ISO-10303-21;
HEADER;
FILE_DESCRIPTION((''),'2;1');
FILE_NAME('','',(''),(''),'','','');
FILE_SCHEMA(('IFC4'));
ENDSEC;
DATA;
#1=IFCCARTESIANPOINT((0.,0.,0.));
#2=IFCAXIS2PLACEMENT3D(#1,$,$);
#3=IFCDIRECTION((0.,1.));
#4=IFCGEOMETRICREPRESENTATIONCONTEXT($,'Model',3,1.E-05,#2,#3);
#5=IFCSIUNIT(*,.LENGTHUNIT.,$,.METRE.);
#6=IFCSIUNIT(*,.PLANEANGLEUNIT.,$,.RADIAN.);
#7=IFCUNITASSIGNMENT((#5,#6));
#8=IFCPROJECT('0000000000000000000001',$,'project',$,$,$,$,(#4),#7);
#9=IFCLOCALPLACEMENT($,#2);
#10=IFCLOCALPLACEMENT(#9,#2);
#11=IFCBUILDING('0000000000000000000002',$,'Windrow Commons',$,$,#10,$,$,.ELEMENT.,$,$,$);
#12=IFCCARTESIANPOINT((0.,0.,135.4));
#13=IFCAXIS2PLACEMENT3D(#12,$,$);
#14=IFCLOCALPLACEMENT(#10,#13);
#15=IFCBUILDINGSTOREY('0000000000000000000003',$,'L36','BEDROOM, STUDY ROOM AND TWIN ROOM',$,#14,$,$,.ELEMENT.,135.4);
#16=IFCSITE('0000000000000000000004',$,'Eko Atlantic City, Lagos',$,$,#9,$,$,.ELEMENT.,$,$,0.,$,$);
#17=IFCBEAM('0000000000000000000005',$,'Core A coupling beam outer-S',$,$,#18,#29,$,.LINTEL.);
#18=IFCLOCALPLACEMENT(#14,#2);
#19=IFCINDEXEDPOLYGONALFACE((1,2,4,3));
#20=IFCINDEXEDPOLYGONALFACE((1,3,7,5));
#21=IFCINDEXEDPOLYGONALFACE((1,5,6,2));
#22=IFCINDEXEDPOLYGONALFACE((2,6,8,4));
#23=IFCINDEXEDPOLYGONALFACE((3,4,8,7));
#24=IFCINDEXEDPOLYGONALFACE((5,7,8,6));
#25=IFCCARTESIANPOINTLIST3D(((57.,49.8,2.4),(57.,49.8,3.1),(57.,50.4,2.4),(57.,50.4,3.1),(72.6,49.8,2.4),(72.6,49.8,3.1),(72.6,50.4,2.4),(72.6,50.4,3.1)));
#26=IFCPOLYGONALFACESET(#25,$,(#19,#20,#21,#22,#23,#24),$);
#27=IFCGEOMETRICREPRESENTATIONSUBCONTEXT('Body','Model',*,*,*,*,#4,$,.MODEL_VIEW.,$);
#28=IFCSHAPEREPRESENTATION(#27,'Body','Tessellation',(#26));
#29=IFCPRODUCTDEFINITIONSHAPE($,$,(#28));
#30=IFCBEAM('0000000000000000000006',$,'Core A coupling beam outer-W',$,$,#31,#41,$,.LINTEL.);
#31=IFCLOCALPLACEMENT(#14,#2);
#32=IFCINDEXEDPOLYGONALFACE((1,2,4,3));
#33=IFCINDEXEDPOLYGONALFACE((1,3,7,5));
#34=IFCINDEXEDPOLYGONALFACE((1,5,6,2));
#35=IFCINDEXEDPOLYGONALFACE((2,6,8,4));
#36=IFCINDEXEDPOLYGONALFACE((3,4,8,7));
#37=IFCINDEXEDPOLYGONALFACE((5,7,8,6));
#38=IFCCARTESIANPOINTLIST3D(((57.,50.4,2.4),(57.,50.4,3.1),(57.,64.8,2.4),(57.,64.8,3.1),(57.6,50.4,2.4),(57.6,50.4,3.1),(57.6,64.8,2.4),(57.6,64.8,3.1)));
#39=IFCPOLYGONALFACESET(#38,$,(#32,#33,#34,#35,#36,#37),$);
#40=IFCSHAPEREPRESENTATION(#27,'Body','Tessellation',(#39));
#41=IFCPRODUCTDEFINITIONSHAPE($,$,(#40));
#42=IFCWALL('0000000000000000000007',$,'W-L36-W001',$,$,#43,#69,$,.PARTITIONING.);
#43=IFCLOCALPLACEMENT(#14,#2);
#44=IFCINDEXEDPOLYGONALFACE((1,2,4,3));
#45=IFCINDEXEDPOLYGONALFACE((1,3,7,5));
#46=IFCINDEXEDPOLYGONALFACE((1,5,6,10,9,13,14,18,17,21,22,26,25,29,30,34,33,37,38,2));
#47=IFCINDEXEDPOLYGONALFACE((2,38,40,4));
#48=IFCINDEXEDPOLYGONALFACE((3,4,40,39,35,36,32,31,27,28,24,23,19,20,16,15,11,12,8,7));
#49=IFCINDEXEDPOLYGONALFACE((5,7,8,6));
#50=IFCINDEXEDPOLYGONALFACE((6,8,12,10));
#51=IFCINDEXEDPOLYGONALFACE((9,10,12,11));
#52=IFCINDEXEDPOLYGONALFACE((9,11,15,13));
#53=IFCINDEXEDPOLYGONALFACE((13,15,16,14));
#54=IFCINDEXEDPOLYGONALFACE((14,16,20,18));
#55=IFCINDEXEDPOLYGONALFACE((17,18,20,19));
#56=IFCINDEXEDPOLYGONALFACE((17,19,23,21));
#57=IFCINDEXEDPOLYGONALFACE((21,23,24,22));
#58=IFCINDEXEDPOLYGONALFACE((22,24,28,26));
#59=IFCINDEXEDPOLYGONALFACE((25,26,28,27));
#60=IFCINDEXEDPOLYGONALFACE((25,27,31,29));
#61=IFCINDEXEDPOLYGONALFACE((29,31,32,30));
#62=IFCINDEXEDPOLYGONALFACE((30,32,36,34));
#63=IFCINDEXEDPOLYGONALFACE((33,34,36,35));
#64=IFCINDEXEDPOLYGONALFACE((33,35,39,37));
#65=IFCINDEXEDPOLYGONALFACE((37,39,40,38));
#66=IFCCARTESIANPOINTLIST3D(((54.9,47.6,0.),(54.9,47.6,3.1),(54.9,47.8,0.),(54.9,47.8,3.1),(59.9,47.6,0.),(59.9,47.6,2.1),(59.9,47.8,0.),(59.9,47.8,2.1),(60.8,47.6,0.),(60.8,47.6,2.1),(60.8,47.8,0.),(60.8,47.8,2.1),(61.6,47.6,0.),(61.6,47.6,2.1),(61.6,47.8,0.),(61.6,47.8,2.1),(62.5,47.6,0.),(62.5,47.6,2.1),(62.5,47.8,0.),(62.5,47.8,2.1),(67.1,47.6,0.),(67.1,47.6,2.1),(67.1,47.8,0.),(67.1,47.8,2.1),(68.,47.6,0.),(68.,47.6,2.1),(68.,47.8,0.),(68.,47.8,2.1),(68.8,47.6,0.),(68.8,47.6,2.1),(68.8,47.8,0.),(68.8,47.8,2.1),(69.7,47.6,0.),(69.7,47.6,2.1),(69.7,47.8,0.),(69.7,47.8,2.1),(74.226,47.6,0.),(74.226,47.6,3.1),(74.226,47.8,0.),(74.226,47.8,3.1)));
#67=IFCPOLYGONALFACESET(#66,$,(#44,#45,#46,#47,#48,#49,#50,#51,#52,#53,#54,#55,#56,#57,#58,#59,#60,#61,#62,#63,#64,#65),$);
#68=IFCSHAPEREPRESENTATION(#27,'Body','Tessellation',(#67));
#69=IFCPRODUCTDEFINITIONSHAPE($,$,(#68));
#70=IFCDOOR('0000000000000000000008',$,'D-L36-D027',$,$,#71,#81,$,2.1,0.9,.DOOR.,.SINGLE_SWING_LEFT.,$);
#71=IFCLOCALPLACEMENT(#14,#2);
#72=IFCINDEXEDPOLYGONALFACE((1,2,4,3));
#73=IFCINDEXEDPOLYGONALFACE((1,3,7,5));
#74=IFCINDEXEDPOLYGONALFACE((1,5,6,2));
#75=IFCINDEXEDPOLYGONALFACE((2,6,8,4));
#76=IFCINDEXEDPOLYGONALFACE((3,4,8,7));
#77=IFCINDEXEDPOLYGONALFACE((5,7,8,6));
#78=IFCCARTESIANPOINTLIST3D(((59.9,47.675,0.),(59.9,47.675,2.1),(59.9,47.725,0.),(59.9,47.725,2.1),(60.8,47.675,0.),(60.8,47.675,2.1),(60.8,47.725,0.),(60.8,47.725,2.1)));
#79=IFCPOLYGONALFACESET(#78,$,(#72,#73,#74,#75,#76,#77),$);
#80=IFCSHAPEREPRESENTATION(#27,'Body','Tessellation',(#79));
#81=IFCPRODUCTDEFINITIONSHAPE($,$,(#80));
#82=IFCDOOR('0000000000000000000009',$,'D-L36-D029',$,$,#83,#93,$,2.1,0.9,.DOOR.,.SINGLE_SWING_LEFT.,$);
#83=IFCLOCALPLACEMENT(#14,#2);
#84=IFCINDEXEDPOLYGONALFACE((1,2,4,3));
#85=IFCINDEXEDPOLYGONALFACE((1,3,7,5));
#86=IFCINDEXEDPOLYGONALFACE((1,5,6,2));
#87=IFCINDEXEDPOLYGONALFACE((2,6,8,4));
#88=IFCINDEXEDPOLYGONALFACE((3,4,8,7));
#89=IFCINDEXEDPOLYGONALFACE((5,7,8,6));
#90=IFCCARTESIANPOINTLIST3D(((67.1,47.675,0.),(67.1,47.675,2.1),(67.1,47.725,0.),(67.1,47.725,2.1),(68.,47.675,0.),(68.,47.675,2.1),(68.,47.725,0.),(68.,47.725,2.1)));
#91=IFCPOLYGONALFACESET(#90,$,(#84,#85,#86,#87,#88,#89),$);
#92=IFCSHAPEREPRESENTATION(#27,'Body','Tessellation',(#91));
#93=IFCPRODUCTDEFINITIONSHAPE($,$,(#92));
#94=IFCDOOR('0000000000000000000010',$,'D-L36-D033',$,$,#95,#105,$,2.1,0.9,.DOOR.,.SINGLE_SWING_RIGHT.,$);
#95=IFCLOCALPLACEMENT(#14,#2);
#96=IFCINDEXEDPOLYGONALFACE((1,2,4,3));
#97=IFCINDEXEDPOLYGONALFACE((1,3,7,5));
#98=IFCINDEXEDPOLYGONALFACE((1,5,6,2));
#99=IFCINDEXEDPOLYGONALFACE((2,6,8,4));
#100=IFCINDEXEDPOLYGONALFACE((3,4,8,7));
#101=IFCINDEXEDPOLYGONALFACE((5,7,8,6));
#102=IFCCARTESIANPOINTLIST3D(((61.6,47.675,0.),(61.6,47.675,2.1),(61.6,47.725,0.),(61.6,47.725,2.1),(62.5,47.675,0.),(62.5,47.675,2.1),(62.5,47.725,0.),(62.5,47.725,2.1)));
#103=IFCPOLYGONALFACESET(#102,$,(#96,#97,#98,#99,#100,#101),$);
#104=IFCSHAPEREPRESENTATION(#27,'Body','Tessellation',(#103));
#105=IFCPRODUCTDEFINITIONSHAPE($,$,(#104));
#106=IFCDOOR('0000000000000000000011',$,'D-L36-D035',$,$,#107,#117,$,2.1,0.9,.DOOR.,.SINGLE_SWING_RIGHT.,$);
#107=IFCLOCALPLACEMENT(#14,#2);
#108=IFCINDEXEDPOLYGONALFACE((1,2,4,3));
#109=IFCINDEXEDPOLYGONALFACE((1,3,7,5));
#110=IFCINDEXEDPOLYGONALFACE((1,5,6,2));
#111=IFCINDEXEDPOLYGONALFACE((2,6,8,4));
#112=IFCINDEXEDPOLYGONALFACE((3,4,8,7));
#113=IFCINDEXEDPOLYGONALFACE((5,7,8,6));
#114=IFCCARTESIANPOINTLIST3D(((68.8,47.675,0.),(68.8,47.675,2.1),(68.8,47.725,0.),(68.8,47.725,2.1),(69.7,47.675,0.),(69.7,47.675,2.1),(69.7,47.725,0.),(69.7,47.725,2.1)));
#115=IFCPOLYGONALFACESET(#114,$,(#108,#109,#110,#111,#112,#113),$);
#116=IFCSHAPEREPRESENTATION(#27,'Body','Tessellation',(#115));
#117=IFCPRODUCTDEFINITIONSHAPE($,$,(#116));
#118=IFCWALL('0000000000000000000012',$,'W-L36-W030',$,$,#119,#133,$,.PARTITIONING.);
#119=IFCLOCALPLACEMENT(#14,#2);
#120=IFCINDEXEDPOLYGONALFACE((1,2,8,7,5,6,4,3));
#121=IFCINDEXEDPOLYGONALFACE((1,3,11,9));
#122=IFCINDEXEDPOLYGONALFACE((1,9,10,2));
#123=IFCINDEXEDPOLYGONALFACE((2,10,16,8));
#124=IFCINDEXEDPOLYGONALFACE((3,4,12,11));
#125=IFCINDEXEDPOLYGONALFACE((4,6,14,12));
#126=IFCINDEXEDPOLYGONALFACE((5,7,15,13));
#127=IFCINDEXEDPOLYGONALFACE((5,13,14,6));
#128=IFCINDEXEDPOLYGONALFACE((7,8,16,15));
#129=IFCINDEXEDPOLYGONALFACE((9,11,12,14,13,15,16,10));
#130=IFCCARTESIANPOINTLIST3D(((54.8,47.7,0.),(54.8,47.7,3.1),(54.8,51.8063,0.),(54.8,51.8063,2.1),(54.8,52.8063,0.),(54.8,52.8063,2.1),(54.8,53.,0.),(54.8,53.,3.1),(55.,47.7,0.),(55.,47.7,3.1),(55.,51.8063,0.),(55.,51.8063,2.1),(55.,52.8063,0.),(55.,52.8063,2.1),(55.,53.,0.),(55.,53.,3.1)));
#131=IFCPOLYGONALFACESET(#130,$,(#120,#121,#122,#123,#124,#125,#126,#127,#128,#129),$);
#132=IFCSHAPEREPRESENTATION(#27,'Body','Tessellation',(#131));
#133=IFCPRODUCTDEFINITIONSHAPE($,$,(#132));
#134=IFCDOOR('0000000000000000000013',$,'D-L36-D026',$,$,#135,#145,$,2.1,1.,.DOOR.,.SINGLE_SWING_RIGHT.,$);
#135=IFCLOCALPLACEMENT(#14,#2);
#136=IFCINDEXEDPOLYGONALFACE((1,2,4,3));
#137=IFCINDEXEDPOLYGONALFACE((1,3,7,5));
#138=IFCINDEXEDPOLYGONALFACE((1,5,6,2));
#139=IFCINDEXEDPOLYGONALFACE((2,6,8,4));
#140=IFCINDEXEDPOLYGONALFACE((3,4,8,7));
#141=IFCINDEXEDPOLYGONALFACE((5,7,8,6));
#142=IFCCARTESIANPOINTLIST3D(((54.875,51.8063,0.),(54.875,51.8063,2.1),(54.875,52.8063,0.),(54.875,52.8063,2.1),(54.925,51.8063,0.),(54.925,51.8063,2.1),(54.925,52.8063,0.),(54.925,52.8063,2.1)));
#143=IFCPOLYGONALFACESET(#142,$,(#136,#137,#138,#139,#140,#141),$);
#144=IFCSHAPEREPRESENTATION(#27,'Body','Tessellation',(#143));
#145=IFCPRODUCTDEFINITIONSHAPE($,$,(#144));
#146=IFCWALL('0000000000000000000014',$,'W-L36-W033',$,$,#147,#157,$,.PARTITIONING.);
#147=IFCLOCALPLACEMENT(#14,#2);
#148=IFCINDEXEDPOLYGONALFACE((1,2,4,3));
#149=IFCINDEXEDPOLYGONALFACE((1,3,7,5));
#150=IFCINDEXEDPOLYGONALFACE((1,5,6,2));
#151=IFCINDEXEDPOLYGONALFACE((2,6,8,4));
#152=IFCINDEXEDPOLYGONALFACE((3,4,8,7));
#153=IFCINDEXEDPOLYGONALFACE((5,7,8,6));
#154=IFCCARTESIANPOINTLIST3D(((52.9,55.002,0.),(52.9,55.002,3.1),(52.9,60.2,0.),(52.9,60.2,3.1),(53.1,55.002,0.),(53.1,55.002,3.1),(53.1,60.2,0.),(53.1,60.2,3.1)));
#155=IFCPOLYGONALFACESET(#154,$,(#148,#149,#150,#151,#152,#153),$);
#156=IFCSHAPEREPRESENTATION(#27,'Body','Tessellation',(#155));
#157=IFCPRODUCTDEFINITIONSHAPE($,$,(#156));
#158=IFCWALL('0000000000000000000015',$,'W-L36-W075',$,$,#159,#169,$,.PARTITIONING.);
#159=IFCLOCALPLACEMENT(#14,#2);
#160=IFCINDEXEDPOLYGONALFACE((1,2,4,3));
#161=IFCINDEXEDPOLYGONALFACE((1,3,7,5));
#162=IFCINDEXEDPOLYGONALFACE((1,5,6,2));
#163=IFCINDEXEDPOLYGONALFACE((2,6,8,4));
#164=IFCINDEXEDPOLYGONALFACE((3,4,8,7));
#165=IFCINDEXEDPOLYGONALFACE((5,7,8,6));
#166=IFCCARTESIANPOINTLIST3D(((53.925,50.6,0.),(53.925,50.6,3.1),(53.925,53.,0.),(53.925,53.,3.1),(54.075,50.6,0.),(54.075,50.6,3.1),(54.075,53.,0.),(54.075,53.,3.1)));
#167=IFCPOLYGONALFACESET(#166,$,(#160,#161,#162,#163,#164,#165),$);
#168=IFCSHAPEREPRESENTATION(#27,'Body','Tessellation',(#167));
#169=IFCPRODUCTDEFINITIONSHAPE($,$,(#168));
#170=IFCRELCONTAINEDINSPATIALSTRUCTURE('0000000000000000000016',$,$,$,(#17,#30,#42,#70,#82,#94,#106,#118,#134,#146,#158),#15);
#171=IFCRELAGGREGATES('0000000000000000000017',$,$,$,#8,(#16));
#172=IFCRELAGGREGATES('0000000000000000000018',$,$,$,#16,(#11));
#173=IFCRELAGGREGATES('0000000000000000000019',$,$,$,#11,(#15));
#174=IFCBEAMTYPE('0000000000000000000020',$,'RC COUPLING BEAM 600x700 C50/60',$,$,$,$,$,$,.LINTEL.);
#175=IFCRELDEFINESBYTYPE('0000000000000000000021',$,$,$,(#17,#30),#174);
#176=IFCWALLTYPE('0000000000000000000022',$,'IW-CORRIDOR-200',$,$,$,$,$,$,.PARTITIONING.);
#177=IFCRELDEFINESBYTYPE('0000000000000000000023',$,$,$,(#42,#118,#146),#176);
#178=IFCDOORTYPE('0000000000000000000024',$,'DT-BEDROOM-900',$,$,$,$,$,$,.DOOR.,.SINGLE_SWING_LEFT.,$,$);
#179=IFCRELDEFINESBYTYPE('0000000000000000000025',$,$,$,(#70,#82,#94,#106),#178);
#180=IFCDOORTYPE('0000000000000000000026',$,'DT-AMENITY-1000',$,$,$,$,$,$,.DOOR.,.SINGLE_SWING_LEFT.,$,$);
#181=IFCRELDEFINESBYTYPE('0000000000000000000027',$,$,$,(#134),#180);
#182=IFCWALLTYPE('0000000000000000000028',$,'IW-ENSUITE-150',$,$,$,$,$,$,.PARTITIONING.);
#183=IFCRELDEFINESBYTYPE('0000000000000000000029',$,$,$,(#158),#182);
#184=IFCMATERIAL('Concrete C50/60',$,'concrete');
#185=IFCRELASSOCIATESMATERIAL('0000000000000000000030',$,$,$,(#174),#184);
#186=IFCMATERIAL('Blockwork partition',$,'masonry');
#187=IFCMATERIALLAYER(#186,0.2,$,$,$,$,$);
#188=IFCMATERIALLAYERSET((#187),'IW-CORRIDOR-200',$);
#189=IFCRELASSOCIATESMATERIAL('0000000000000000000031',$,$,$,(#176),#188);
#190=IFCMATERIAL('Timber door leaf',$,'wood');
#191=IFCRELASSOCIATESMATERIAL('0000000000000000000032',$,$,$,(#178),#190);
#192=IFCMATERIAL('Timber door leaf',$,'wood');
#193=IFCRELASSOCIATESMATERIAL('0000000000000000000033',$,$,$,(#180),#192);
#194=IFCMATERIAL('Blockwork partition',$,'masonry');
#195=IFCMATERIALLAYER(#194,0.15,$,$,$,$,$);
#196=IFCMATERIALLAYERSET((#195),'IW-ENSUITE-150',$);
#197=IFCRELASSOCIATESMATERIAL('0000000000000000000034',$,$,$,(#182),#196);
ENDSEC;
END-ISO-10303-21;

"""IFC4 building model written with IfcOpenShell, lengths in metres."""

from ifc_helpers import new_model, si_unit, direction, frame, frame_2d, origin, origin_2d, place, context, subcontext, project, spatial, rectangle, extrude, material, layer, layer_set, material_profile, profile_set, type_object, element, fill, save


model = new_model("IFC4")

# Units and contexts
model_context = context("Model", 3, precision=1e-05, world=origin(), true_north=direction((0.0, 1.0)))
body_context = subcontext(model_context, "Body", "Model", "MODEL_VIEW")
ifc_project = project(units=[si_unit("LENGTHUNIT", "METRE"), si_unit("PLANEANGLEUNIT", "RADIAN")], contexts=[model_context])

# Site, building, storey
site_placement = place(None, origin())
site = spatial("IfcSite", under=ifc_project, at=site_placement, Name="Eko Atlantic City, Lagos", CompositionType="ELEMENT", RefElevation=0.0)
building_placement = place(site_placement, origin())
building = spatial("IfcBuilding", under=site, at=building_placement, Name="Windrow Commons", CompositionType="ELEMENT")
storey_placement = place(building_placement, frame((0.0, 0.0, 135.4)))
storey = spatial("IfcBuildingStorey", under=building, at=storey_placement, Name="L36", Description="BEDROOM, STUDY ROOM AND TWIN ROOM", CompositionType="ELEMENT", Elevation=135.4)

# Beams
ifc_material_1 = material(Name="Concrete C50/60", Category="concrete")
ifc_material_profile = material_profile(ifc_material_1, rectangle(XDim=0.6, YDim=0.7, at=origin_2d()))
ifc_profile_set = profile_set([ifc_material_profile], Name="Concrete C50/60")
beam_type = type_object("IfcBeamType", Name="RC COUPLING BEAM 600x700 C50/60", PredefinedType="LINTEL", material=ifc_profile_set)
beam_1_placement = place(storey_placement, frame((57.0, 50.1, 2.75), z_axis=(1.0, 0.0, 0.0), x_axis=(0.0, 1.0, 0.0)))
element("IfcBeam", 1, at=beam_1_placement, inside=storey, type_object=beam_type, Name="Core A coupling beam outer-S", PredefinedType="LINTEL", context=body_context, shape_type="SweptSolid", body=[
    extrude(rectangle(XDim=0.6, YDim=0.7, at=origin_2d()), origin(), (0.0, 0.0, 1.0), 15.6),
])
beam_2_placement = place(storey_placement, frame((57.3, 50.4, 2.75), z_axis=(0.0, 1.0, 0.0), x_axis=(-1.0, 0.0, 0.0)))
element("IfcBeam", 2, at=beam_2_placement, inside=storey, type_object=beam_type, Name="Core A coupling beam outer-W", PredefinedType="LINTEL", context=body_context, shape_type="SweptSolid", body=[
    extrude(rectangle(XDim=0.6, YDim=0.7, at=origin_2d()), origin(), (0.0, 0.0, 1.0), 14.4),
])

# Wall, openings, doors
ifc_material_2 = material(Name="Blockwork partition", Category="masonry")
ifc_layer_1 = layer(ifc_material_2, 0.2)
ifc_layer_set_1 = layer_set([ifc_layer_1], Name="IW-CORRIDOR-200")
wall_type_1 = type_object("IfcWallType", Name="IW-CORRIDOR-200", PredefinedType="PARTITIONING", material=ifc_layer_set_1)
wall_1_placement = place(storey_placement, frame((54.9, 47.7, 0.0), z_axis=(0.0, 0.0, 1.0), x_axis=(1.0, 0.0, 0.0)))
wall_1 = element("IfcWall", 3, at=wall_1_placement, inside=storey, type_object=wall_type_1, Name="W-L36-W001", PredefinedType="PARTITIONING", context=body_context, shape_type="SweptSolid", body=[
    extrude(rectangle(XDim=19.326, YDim=0.2, at=frame_2d((9.663, 0.0))), origin(), (0.0, 0.0, 1.0), 3.1),
])
opening_1_placement = place(wall_1_placement, frame((5.0, 0.0, 0.0)))
opening_1 = element("IfcOpeningElement", 4, at=opening_1_placement, cuts=wall_1, PredefinedType="OPENING", context=body_context, shape_type="SweptSolid", body=[
    extrude(rectangle(XDim=0.9, YDim=2.1, at=frame_2d((0.45, 1.05))), frame((0.0, 0.11, 0.0), z_axis=(0.0, -1.0, 0.0), x_axis=(1.0, 0.0, 0.0)), (0.0, 0.0, 1.0), 0.22),
])
opening_2_placement = place(wall_1_placement, frame((12.2, 0.0, 0.0)))
opening_2 = element("IfcOpeningElement", 5, at=opening_2_placement, cuts=wall_1, PredefinedType="OPENING", context=body_context, shape_type="SweptSolid", body=[
    extrude(rectangle(XDim=0.9, YDim=2.1, at=frame_2d((0.45, 1.05))), frame((0.0, 0.11, 0.0), z_axis=(0.0, -1.0, 0.0), x_axis=(1.0, 0.0, 0.0)), (0.0, 0.0, 1.0), 0.22),
])
opening_3_placement = place(wall_1_placement, frame((6.7, 0.0, 0.0)))
opening_3 = element("IfcOpeningElement", 6, at=opening_3_placement, cuts=wall_1, PredefinedType="OPENING", context=body_context, shape_type="SweptSolid", body=[
    extrude(rectangle(XDim=0.9, YDim=2.1, at=frame_2d((0.45, 1.05))), frame((0.0, 0.11, 0.0), z_axis=(0.0, -1.0, 0.0), x_axis=(1.0, 0.0, 0.0)), (0.0, 0.0, 1.0), 0.22),
])
opening_4_placement = place(wall_1_placement, frame((13.9, 0.0, 0.0)))
opening_4 = element("IfcOpeningElement", 7, at=opening_4_placement, cuts=wall_1, PredefinedType="OPENING", context=body_context, shape_type="SweptSolid", body=[
    extrude(rectangle(XDim=0.9, YDim=2.1, at=frame_2d((0.45, 1.05))), frame((0.0, 0.11, 0.0), z_axis=(0.0, -1.0, 0.0), x_axis=(1.0, 0.0, 0.0)), (0.0, 0.0, 1.0), 0.22),
])
ifc_material_3 = material(Name="Timber door leaf", Category="wood")
door_type_1 = type_object("IfcDoorType", Name="DT-BEDROOM-900", OperationType="SINGLE_SWING_LEFT", PredefinedType="DOOR", material=ifc_material_3)
door_1_placement = place(opening_1_placement, origin())
door_1 = element("IfcDoor", 8, at=door_1_placement, inside=storey, type_object=door_type_1, Name="D-L36-D027", OperationType="SINGLE_SWING_LEFT", OverallHeight=2.1, OverallWidth=0.9, PredefinedType="DOOR", context=body_context, shape_type="SweptSolid", body=[
    extrude(rectangle(XDim=0.9, YDim=2.1, at=frame_2d((0.45, 1.05))), frame((0.0, 0.025, 0.0), z_axis=(0.0, -1.0, 0.0), x_axis=(1.0, 0.0, 0.0)), (0.0, 0.0, 1.0), 0.05),
])
fill(opening_1, door_1)
door_2_placement = place(opening_2_placement, origin())
door_2 = element("IfcDoor", 9, at=door_2_placement, inside=storey, type_object=door_type_1, Name="D-L36-D029", OperationType="SINGLE_SWING_LEFT", OverallHeight=2.1, OverallWidth=0.9, PredefinedType="DOOR", context=body_context, shape_type="SweptSolid", body=[
    extrude(rectangle(XDim=0.9, YDim=2.1, at=frame_2d((0.45, 1.05))), frame((0.0, 0.025, 0.0), z_axis=(0.0, -1.0, 0.0), x_axis=(1.0, 0.0, 0.0)), (0.0, 0.0, 1.0), 0.05),
])
fill(opening_2, door_2)
door_3_placement = place(opening_3_placement, origin())
door_3 = element("IfcDoor", 10, at=door_3_placement, inside=storey, type_object=door_type_1, Name="D-L36-D033", OperationType="SINGLE_SWING_RIGHT", OverallHeight=2.1, OverallWidth=0.9, PredefinedType="DOOR", context=body_context, shape_type="SweptSolid", body=[
    extrude(rectangle(XDim=0.9, YDim=2.1, at=frame_2d((0.45, 1.05))), frame((0.0, 0.025, 0.0), z_axis=(0.0, -1.0, 0.0), x_axis=(1.0, 0.0, 0.0)), (0.0, 0.0, 1.0), 0.05),
])
fill(opening_3, door_3)
door_4_placement = place(opening_4_placement, origin())
door_4 = element("IfcDoor", 11, at=door_4_placement, inside=storey, type_object=door_type_1, Name="D-L36-D035", OperationType="SINGLE_SWING_RIGHT", OverallHeight=2.1, OverallWidth=0.9, PredefinedType="DOOR", context=body_context, shape_type="SweptSolid", body=[
    extrude(rectangle(XDim=0.9, YDim=2.1, at=frame_2d((0.45, 1.05))), frame((0.0, 0.025, 0.0), z_axis=(0.0, -1.0, 0.0), x_axis=(1.0, 0.0, 0.0)), (0.0, 0.0, 1.0), 0.05),
])
fill(opening_4, door_4)

# Wall, opening, door
wall_2_placement = place(storey_placement, frame((54.9, 47.7, 0.0), z_axis=(0.0, 0.0, 1.0), x_axis=(0.0, 1.0, 0.0)))
wall_2 = element("IfcWall", 12, at=wall_2_placement, inside=storey, type_object=wall_type_1, Name="W-L36-W030", PredefinedType="PARTITIONING", context=body_context, shape_type="SweptSolid", body=[
    extrude(rectangle(XDim=5.3, YDim=0.2, at=frame_2d((2.65, 0.0))), origin(), (0.0, 0.0, 1.0), 3.1),
])
opening_5_placement = place(wall_2_placement, frame((4.1063, 0.0, 0.0)))
opening_5 = element("IfcOpeningElement", 13, at=opening_5_placement, cuts=wall_2, PredefinedType="OPENING", context=body_context, shape_type="SweptSolid", body=[
    extrude(rectangle(XDim=1.0, YDim=2.1, at=frame_2d((0.5, 1.05))), frame((0.0, 0.11, 0.0), z_axis=(0.0, -1.0, 0.0), x_axis=(1.0, 0.0, 0.0)), (0.0, 0.0, 1.0), 0.22),
])
ifc_material_4 = material(Name="Timber door leaf", Category="wood")
door_type_2 = type_object("IfcDoorType", Name="DT-AMENITY-1000", OperationType="SINGLE_SWING_LEFT", PredefinedType="DOOR", material=ifc_material_4)
door_5_placement = place(opening_5_placement, origin())
door_5 = element("IfcDoor", 14, at=door_5_placement, inside=storey, type_object=door_type_2, Name="D-L36-D026", OperationType="SINGLE_SWING_RIGHT", OverallHeight=2.1, OverallWidth=1.0, PredefinedType="DOOR", context=body_context, shape_type="SweptSolid", body=[
    extrude(rectangle(XDim=1.0, YDim=2.1, at=frame_2d((0.5, 1.05))), frame((0.0, 0.025, 0.0), z_axis=(0.0, -1.0, 0.0), x_axis=(1.0, 0.0, 0.0)), (0.0, 0.0, 1.0), 0.05),
])
fill(opening_5, door_5)

# Walls
wall_3_placement = place(storey_placement, frame((53.0, 55.002, 0.0), z_axis=(0.0, 0.0, 1.0), x_axis=(0.0, 1.0, 0.0)))
element("IfcWall", 15, at=wall_3_placement, inside=storey, type_object=wall_type_1, Name="W-L36-W033", PredefinedType="PARTITIONING", context=body_context, shape_type="SweptSolid", body=[
    extrude(rectangle(XDim=5.198, YDim=0.2, at=frame_2d((2.599, 0.0))), origin(), (0.0, 0.0, 1.0), 3.1),
])
ifc_material_5 = material(Name="Blockwork partition", Category="masonry")
ifc_layer_2 = layer(ifc_material_5, 0.15)
ifc_layer_set_2 = layer_set([ifc_layer_2], Name="IW-ENSUITE-150")
wall_type_2 = type_object("IfcWallType", Name="IW-ENSUITE-150", PredefinedType="PARTITIONING", material=ifc_layer_set_2)
wall_4_placement = place(storey_placement, frame((54.0, 50.6, 0.0), z_axis=(0.0, 0.0, 1.0), x_axis=(0.0, 1.0, 0.0)))
element("IfcWall", 16, at=wall_4_placement, inside=storey, type_object=wall_type_2, Name="W-L36-W075", PredefinedType="PARTITIONING", context=body_context, shape_type="SweptSolid", body=[
    extrude(rectangle(XDim=2.4, YDim=0.15, at=frame_2d((1.2, 0.0))), origin(), (0.0, 0.0, 1.0), 3.1),
])

save(model, "model.ifc")
